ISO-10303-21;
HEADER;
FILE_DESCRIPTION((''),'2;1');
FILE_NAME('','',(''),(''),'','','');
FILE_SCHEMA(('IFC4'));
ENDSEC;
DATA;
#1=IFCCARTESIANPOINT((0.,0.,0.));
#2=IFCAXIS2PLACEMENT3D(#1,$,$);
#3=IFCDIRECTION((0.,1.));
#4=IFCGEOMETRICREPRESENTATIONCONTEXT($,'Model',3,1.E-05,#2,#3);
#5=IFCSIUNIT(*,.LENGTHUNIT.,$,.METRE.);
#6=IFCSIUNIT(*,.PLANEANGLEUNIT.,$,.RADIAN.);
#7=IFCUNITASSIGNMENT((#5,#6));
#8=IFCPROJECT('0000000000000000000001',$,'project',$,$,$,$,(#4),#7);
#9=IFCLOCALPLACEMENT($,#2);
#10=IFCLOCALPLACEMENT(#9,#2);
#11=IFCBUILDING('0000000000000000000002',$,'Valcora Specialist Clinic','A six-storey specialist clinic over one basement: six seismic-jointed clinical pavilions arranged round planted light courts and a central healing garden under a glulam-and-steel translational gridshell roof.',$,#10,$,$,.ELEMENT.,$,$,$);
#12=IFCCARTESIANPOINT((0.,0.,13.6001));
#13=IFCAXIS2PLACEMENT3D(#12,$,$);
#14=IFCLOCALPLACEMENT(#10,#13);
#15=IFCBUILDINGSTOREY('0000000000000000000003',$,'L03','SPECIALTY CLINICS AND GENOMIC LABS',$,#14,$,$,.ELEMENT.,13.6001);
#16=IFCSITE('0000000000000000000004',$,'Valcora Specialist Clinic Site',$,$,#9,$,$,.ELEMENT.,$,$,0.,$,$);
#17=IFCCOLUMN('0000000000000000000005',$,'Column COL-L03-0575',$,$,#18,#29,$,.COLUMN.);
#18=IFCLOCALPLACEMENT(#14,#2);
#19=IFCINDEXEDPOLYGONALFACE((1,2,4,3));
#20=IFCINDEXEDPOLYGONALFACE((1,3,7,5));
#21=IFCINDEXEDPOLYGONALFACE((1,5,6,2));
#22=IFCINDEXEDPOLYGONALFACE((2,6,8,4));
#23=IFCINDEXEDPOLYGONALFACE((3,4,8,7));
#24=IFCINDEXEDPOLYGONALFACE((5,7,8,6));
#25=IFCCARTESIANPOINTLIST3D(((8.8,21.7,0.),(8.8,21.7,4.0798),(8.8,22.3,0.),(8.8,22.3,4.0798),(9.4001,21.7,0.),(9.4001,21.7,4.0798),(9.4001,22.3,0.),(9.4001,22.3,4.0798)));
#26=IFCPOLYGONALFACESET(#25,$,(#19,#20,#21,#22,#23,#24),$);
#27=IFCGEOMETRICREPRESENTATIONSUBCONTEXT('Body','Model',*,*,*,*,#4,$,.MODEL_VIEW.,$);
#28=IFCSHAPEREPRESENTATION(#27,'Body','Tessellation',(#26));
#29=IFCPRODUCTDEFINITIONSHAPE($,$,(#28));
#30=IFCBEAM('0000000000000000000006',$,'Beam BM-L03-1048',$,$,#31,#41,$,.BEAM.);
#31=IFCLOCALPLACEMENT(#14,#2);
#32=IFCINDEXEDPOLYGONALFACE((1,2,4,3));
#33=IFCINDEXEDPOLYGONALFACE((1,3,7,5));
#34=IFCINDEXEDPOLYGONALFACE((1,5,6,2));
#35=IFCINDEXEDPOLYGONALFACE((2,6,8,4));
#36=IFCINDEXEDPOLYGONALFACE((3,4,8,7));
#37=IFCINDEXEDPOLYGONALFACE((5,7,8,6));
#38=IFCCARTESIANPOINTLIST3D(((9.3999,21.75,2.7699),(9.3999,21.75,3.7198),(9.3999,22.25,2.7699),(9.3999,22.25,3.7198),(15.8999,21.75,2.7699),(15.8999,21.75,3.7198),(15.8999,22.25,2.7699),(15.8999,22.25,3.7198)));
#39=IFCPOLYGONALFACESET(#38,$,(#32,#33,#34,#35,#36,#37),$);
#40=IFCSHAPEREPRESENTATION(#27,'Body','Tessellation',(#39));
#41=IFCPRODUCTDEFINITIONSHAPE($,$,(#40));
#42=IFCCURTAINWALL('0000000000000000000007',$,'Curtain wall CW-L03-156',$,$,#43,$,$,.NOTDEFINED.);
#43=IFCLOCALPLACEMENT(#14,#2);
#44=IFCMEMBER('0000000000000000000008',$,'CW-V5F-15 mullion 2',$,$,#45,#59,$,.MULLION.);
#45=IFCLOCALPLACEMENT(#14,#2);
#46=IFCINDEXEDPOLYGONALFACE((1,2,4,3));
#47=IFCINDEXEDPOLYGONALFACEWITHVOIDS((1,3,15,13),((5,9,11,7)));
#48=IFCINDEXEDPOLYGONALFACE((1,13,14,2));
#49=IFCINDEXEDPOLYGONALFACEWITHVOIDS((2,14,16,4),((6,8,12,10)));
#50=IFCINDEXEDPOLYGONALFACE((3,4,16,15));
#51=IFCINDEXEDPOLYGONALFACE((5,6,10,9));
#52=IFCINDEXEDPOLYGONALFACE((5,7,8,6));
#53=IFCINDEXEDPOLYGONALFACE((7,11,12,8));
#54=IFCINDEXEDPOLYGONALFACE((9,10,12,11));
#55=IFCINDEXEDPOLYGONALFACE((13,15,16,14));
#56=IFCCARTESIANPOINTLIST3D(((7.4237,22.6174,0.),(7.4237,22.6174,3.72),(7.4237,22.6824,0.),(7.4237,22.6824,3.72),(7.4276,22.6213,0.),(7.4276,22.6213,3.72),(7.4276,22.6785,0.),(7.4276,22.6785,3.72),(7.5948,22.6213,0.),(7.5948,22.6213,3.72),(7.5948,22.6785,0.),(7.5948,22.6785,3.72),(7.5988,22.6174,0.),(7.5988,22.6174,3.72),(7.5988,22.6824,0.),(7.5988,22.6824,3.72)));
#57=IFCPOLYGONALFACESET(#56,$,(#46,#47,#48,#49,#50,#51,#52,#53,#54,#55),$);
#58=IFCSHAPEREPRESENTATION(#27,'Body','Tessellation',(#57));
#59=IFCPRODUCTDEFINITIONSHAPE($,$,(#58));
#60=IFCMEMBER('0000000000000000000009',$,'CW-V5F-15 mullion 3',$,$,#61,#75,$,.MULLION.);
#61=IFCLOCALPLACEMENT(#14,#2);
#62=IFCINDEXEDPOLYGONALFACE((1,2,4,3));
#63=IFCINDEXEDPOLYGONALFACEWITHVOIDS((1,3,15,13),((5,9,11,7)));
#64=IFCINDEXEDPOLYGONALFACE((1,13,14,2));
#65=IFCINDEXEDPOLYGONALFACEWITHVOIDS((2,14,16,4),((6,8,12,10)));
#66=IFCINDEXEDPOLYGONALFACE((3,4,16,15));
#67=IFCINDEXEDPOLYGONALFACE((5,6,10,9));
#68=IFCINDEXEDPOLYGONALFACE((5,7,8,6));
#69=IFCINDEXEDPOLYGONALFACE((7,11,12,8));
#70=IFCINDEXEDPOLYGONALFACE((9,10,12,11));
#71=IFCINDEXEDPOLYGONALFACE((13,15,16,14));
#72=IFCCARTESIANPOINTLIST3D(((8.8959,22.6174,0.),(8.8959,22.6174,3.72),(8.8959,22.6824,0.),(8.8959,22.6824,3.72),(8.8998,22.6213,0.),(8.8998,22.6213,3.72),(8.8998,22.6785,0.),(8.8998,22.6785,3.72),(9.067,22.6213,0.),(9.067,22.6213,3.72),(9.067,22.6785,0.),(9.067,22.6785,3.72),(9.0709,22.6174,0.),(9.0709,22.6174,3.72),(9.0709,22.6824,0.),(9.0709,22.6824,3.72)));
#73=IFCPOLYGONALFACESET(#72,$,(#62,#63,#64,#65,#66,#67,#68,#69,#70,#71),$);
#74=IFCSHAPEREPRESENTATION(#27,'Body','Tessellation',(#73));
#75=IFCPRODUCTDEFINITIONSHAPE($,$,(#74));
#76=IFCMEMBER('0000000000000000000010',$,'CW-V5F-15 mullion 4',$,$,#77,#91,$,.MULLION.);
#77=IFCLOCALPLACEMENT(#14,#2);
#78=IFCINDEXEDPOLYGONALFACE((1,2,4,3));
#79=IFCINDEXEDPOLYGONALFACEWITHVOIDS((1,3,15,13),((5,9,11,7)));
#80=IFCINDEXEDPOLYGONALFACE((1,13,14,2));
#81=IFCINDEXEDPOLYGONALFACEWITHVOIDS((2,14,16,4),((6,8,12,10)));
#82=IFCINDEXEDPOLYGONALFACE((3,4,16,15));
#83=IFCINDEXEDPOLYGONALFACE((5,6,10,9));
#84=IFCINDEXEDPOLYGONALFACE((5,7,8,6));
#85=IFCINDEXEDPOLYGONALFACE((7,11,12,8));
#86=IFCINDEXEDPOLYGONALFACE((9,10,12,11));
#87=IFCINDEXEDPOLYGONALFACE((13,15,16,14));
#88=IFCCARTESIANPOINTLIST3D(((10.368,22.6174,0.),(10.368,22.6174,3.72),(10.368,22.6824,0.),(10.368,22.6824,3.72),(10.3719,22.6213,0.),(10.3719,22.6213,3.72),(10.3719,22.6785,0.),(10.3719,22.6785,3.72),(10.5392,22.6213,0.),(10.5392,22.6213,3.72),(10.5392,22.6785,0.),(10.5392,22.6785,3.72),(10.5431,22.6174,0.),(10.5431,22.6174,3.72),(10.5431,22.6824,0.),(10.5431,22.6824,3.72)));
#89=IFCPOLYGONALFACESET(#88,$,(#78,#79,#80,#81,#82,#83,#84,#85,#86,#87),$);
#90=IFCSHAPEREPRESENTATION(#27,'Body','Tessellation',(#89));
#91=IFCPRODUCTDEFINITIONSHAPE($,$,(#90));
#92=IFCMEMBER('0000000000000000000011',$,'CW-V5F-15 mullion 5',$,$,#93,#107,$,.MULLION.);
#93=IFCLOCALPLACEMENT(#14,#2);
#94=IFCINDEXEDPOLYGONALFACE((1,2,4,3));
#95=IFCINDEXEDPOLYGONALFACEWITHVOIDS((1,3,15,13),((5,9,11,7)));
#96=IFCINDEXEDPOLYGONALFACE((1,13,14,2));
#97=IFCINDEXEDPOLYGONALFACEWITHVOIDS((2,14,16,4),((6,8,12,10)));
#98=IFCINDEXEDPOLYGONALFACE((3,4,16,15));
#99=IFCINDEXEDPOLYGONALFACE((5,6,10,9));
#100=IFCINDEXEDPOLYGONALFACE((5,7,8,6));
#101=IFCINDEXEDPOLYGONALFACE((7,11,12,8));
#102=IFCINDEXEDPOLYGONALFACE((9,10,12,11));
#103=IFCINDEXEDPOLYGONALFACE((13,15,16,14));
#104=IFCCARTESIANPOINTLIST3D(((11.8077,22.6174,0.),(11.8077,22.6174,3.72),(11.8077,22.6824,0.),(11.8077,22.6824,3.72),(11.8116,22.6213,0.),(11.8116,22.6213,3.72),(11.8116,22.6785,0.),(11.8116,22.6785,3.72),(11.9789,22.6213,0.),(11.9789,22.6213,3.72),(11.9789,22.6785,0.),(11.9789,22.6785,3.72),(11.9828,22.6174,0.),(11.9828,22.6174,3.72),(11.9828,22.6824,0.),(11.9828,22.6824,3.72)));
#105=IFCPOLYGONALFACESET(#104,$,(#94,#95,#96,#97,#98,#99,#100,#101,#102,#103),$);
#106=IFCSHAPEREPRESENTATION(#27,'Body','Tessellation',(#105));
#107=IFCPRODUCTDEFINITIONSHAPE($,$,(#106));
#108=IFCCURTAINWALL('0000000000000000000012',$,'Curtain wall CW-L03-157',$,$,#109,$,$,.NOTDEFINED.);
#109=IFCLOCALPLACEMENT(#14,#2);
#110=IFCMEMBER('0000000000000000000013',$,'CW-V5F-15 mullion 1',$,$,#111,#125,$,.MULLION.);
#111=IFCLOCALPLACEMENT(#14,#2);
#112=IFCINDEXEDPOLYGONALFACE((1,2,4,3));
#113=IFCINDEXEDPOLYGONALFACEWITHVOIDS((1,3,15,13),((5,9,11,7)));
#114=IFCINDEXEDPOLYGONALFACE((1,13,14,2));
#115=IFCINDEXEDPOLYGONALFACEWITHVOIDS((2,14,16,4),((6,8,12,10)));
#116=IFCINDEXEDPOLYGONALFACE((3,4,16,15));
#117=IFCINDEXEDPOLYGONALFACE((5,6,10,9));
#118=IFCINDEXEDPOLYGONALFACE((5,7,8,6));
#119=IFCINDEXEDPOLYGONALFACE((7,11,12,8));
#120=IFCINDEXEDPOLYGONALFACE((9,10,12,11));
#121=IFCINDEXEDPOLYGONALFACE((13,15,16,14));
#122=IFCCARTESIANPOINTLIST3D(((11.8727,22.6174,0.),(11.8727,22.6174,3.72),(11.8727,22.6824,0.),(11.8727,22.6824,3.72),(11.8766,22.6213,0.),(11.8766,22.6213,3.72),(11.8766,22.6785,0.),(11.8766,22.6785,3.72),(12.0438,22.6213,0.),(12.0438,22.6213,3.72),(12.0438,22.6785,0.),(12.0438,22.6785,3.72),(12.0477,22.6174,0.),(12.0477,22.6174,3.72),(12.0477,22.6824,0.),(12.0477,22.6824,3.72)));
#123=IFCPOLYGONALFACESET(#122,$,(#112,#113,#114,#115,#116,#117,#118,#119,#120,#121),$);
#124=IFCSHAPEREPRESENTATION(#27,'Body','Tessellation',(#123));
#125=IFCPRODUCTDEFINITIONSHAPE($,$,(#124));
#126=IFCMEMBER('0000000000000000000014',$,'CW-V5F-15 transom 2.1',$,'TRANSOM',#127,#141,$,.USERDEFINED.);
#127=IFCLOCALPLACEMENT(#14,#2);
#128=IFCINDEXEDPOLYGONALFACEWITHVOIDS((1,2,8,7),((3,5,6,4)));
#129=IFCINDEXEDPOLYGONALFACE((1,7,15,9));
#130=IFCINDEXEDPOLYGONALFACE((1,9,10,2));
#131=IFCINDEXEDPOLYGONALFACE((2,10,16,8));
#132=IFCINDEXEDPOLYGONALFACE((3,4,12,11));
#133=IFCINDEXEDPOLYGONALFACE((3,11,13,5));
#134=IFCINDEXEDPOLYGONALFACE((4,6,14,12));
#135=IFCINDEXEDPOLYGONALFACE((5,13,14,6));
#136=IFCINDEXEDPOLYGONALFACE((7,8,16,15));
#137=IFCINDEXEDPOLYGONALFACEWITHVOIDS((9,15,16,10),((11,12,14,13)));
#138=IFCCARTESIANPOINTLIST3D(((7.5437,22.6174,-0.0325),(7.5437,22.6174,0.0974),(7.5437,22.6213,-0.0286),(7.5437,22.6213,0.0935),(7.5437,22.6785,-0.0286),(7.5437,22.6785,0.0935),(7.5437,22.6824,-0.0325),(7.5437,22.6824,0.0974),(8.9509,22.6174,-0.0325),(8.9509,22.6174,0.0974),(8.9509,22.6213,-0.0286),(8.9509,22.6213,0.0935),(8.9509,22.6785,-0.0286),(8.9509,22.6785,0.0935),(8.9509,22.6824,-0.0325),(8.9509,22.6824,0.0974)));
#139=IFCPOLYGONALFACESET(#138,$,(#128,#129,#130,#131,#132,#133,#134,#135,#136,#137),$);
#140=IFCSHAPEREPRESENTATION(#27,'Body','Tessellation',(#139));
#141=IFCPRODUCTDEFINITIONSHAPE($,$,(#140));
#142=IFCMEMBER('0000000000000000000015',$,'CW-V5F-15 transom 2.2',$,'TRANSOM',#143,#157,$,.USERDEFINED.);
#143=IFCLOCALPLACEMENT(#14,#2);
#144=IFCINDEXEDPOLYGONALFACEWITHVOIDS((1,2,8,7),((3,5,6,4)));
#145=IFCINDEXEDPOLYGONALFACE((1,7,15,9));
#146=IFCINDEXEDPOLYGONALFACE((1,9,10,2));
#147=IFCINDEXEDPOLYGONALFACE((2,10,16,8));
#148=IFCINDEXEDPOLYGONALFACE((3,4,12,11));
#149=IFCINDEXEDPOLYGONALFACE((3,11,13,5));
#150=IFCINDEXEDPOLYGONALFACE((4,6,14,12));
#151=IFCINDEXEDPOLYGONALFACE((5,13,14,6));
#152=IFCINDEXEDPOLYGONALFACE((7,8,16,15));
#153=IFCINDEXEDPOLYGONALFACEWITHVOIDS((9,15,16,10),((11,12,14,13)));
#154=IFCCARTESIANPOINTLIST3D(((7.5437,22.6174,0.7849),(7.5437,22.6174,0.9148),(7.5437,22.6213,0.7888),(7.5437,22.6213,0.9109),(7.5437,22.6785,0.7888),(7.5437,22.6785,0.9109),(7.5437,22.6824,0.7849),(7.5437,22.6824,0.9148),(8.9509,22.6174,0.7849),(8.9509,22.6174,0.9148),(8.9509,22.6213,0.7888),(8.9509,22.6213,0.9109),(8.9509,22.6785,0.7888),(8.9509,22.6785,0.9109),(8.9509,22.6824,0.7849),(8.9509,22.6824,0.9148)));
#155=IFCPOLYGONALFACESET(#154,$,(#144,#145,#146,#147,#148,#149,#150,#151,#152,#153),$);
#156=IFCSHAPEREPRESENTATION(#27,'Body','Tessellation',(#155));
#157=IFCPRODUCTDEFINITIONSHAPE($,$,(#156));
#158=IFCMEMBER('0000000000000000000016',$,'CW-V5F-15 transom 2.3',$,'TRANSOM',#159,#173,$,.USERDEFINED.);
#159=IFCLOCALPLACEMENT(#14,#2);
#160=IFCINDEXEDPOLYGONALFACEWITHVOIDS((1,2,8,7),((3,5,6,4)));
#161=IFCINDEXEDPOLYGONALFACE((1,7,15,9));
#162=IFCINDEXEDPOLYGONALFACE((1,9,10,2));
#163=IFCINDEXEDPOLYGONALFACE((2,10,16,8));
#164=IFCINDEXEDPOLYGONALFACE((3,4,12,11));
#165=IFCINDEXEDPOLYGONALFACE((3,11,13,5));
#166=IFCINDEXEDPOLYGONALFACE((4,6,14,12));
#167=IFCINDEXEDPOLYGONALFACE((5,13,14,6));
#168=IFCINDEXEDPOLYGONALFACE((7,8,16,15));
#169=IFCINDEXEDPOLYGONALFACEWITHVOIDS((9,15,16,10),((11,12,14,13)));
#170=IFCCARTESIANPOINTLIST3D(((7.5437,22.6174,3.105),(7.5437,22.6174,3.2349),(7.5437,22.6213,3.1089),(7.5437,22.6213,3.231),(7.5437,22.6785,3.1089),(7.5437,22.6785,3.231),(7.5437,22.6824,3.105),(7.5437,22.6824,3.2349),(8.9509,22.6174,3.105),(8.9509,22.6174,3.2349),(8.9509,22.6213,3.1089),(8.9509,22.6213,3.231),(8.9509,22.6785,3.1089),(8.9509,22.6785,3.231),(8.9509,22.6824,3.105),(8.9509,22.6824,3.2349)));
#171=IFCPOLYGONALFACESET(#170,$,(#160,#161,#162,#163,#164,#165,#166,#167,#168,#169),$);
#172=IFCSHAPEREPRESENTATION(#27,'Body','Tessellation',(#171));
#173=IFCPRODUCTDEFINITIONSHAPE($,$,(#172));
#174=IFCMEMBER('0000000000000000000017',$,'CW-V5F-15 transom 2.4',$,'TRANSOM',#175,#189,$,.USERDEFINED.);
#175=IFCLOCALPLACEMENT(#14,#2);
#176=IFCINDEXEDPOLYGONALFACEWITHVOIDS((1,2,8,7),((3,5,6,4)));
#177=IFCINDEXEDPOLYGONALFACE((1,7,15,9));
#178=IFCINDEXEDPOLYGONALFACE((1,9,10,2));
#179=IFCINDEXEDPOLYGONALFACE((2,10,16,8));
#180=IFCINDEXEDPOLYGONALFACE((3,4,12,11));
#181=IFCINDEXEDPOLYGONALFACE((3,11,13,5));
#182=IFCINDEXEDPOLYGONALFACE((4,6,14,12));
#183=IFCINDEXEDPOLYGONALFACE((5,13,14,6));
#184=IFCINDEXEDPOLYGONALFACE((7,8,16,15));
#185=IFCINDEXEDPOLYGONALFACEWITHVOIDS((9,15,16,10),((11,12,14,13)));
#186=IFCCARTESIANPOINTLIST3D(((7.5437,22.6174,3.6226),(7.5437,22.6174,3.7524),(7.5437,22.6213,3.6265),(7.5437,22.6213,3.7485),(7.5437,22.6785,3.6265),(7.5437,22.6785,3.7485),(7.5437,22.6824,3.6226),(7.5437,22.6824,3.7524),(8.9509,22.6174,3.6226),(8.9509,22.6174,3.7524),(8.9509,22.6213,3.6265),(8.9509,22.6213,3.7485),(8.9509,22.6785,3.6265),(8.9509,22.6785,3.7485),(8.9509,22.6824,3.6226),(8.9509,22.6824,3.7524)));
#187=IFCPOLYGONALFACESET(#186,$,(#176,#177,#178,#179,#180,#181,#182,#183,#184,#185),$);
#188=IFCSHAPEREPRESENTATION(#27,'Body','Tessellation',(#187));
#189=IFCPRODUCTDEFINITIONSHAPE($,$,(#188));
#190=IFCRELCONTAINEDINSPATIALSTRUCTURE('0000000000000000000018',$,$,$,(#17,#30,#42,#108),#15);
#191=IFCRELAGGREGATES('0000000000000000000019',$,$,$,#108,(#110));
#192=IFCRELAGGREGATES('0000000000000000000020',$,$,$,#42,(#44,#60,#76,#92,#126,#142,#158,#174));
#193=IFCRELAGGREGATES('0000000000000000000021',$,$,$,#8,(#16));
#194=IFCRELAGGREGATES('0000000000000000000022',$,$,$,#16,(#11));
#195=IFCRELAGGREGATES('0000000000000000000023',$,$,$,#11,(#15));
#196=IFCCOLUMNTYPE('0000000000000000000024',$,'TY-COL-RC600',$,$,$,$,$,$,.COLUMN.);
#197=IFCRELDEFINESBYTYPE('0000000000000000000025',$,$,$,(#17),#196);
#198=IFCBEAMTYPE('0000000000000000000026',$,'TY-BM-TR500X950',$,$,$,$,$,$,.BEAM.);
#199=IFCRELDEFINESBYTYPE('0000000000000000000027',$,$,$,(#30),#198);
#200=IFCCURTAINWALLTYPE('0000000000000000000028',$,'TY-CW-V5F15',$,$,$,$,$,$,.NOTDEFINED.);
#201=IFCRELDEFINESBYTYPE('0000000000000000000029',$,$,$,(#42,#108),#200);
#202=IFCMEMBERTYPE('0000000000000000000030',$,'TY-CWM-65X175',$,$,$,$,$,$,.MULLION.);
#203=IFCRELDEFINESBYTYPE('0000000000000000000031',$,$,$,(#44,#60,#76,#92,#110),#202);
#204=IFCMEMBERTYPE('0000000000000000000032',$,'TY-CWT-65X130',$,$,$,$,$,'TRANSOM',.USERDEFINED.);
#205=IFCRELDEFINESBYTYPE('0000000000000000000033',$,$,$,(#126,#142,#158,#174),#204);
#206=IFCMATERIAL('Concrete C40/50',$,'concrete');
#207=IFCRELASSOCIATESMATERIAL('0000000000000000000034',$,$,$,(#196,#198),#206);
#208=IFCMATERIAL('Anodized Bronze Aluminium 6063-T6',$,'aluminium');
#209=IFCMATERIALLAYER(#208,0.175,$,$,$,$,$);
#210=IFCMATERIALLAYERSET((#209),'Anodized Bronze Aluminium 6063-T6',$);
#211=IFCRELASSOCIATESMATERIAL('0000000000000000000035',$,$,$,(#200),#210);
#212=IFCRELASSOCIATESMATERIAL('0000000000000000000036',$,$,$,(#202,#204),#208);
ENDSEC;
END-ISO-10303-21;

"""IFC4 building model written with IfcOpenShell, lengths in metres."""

from ifc_helpers import new_model, si_unit, direction, frame, origin, origin_2d, place, context, subcontext, project, spatial, rectangle, hollow_rectangle, extrude, material, layer, layer_set, material_profile, profile_set, type_object, element, aggregate, save


model = new_model("IFC4")

# Units and contexts
model_context = context("Model", 3, precision=1e-05, world=origin(), true_north=direction((0.0, 1.0)))
body_context = subcontext(model_context, "Body", "Model", "MODEL_VIEW")
ifc_project = project(units=[si_unit("LENGTHUNIT", "METRE"), si_unit("PLANEANGLEUNIT", "RADIAN")], contexts=[model_context])

# Site, building, storey
site_placement = place(None, origin())
site = spatial("IfcSite", under=ifc_project, at=site_placement, Name="Valcora Specialist Clinic Site", CompositionType="ELEMENT", RefElevation=0.0)
building_placement = place(site_placement, origin())
building = spatial("IfcBuilding", under=site, at=building_placement, Name="Valcora Specialist Clinic", Description="A six-storey specialist clinic over one basement: six seismic-jointed clinical pavilions arranged round planted light courts and a central healing garden under a glulam-and-steel translational gridshell roof.", CompositionType="ELEMENT")
storey_placement = place(building_placement, frame((0.0, 0.0, 13.6001)))
storey = spatial("IfcBuildingStorey", under=building, at=storey_placement, Name="L03", Description="SPECIALTY CLINICS AND GENOMIC LABS", CompositionType="ELEMENT", Elevation=13.6001)

# Column
ifc_material_1 = material(Name="Concrete C40/50", Category="concrete")
ifc_material_profile_1 = material_profile(ifc_material_1, rectangle(XDim=0.6001, YDim=0.6001, at=origin_2d()), Name="RC-COL-600X600")
ifc_profile_set_1 = profile_set([ifc_material_profile_1], Name="Concrete C40/50")
column_type = type_object("IfcColumnType", Name="TY-COL-RC600", PredefinedType="COLUMN", material=ifc_profile_set_1)
column_placement = place(storey_placement, frame((9.1001, 22.0, 0.0), z_axis=(0.0, 0.0, 1.0), x_axis=(1.0, 0.0, 0.0)))
element("IfcColumn", 1, at=column_placement, inside=storey, type_object=column_type, Name="Column COL-L03-0575", PredefinedType="COLUMN", context=body_context, shape_type="SweptSolid", body=[
    extrude(rectangle(XDim=0.6001, YDim=0.6001, at=origin_2d()), origin(), (0.0, 0.0, 1.0), 4.0798),
])

# Beam
ifc_material_profile_2 = material_profile(ifc_material_1, rectangle(XDim=0.5, YDim=0.95, at=origin_2d()), Name="RC-BM-500X950")
ifc_profile_set_2 = profile_set([ifc_material_profile_2], Name="Concrete C40/50")
beam_type = type_object("IfcBeamType", Name="TY-BM-TR500X950", PredefinedType="BEAM", material=ifc_profile_set_2)
beam_placement = place(storey_placement, frame((9.3999, 22.0, 3.2449), z_axis=(1.0, 0.0, 0.0), x_axis=(0.0, 1.0, 0.0)))
element("IfcBeam", 2, at=beam_placement, inside=storey, type_object=beam_type, Name="Beam BM-L03-1048", PredefinedType="BEAM", context=body_context, shape_type="SweptSolid", body=[
    extrude(rectangle(XDim=0.5, YDim=0.95, at=origin_2d()), origin(), (0.0, 0.0, 1.0), 6.5),
])

# Curtain wall, members
ifc_material_2 = material(Name="Anodized Bronze Aluminium 6063-T6", Category="aluminium")
ifc_layer_1 = layer(ifc_material_2, 0.175)
ifc_layer_set_1 = layer_set([ifc_layer_1], Name="Anodized Bronze Aluminium 6063-T6")
curtain_wall_type = type_object("IfcCurtainWallType", Name="TY-CW-V5F15", PredefinedType="NOTDEFINED", material=ifc_layer_set_1)
curtain_wall_1_placement = place(storey_placement, origin())
curtain_wall_1 = element("IfcCurtainWall", 3, at=curtain_wall_1_placement, inside=storey, type_object=curtain_wall_type, Name="Curtain wall CW-L03-156", PredefinedType="NOTDEFINED")
ifc_material_profile_3 = material_profile(ifc_material_2, hollow_rectangle(XDim=0.0649, YDim=0.175, WallThickness=0.0039, at=origin_2d()), Name="AL-MUL-65X175")
ifc_profile_set_3 = profile_set([ifc_material_profile_3], Name="Anodized Bronze Aluminium 6063-T6")
member_type_1 = type_object("IfcMemberType", Name="TY-CWM-65X175", PredefinedType="MULLION", material=ifc_profile_set_3)
member_1_placement = place(storey_placement, frame((7.5112, 22.6499, 0.0), z_axis=(0.0, 0.0, 1.0), x_axis=(0.0, 1.0, 0.0)))
member_1 = element("IfcMember", 4, at=member_1_placement, type_object=member_type_1, Name="CW-V5F-15 mullion 2", PredefinedType="MULLION", context=body_context, shape_type="SweptSolid", body=[
    extrude(hollow_rectangle(XDim=0.0649, YDim=0.175, WallThickness=0.0039, at=origin_2d()), origin(), (0.0, 0.0, 1.0), 3.72),
])
member_2_placement = place(storey_placement, frame((8.9834, 22.6499, 0.0), z_axis=(0.0, 0.0, 1.0), x_axis=(0.0, 1.0, 0.0)))
member_2 = element("IfcMember", 5, at=member_2_placement, type_object=member_type_1, Name="CW-V5F-15 mullion 3", PredefinedType="MULLION", context=body_context, shape_type="SweptSolid", body=[
    extrude(hollow_rectangle(XDim=0.0649, YDim=0.175, WallThickness=0.0039, at=origin_2d()), origin(), (0.0, 0.0, 1.0), 3.72),
])
member_3_placement = place(storey_placement, frame((10.4556, 22.6499, 0.0), z_axis=(0.0, 0.0, 1.0), x_axis=(0.0, 1.0, 0.0)))
member_3 = element("IfcMember", 6, at=member_3_placement, type_object=member_type_1, Name="CW-V5F-15 mullion 4", PredefinedType="MULLION", context=body_context, shape_type="SweptSolid", body=[
    extrude(hollow_rectangle(XDim=0.0649, YDim=0.175, WallThickness=0.0039, at=origin_2d()), origin(), (0.0, 0.0, 1.0), 3.72),
])
member_4_placement = place(storey_placement, frame((11.8953, 22.6499, 0.0), z_axis=(0.0, 0.0, 1.0), x_axis=(0.0, 1.0, 0.0)))
member_4 = element("IfcMember", 7, at=member_4_placement, type_object=member_type_1, Name="CW-V5F-15 mullion 5", PredefinedType="MULLION", context=body_context, shape_type="SweptSolid", body=[
    extrude(hollow_rectangle(XDim=0.0649, YDim=0.175, WallThickness=0.0039, at=origin_2d()), origin(), (0.0, 0.0, 1.0), 3.72),
])

# Curtain wall, member
curtain_wall_2_placement = place(storey_placement, origin())
curtain_wall_2 = element("IfcCurtainWall", 8, at=curtain_wall_2_placement, inside=storey, type_object=curtain_wall_type, Name="Curtain wall CW-L03-157", PredefinedType="NOTDEFINED")
member_5_placement = place(storey_placement, frame((11.9602, 22.6499, 0.0), z_axis=(0.0, 0.0, 1.0), x_axis=(0.0, 1.0, 0.0)))
member_5 = element("IfcMember", 9, at=member_5_placement, type_object=member_type_1, Name="CW-V5F-15 mullion 1", PredefinedType="MULLION", context=body_context, shape_type="SweptSolid", body=[
    extrude(hollow_rectangle(XDim=0.0649, YDim=0.175, WallThickness=0.0039, at=origin_2d()), origin(), (0.0, 0.0, 1.0), 3.72),
])

# Members
ifc_material_profile_4 = material_profile(ifc_material_2, hollow_rectangle(XDim=0.0649, YDim=0.1299, WallThickness=0.0039, at=origin_2d()), Name="AL-TRN-65X130")
ifc_profile_set_4 = profile_set([ifc_material_profile_4], Name="Anodized Bronze Aluminium 6063-T6")
member_type_2 = type_object("IfcMemberType", Name="TY-CWT-65X130", ElementType="TRANSOM", PredefinedType="USERDEFINED", material=ifc_profile_set_4)
member_6_placement = place(storey_placement, frame((7.5437, 22.6499, 0.0325), z_axis=(1.0, 0.0, 0.0), x_axis=(0.0, 1.0, 0.0)))
member_6 = element("IfcMember", 10, at=member_6_placement, type_object=member_type_2, Name="CW-V5F-15 transom 2.1", ObjectType="TRANSOM", PredefinedType="USERDEFINED", context=body_context, shape_type="SweptSolid", body=[
    extrude(hollow_rectangle(XDim=0.0649, YDim=0.1299, WallThickness=0.0039, at=origin_2d()), origin(), (0.0, 0.0, 1.0), 1.4072),
])
member_7_placement = place(storey_placement, frame((7.5437, 22.6499, 0.8499), z_axis=(1.0, 0.0, 0.0), x_axis=(0.0, 1.0, 0.0)))
member_7 = element("IfcMember", 11, at=member_7_placement, type_object=member_type_2, Name="CW-V5F-15 transom 2.2", ObjectType="TRANSOM", PredefinedType="USERDEFINED", context=body_context, shape_type="SweptSolid", body=[
    extrude(hollow_rectangle(XDim=0.0649, YDim=0.1299, WallThickness=0.0039, at=origin_2d()), origin(), (0.0, 0.0, 1.0), 1.4072),
])
member_8_placement = place(storey_placement, frame((7.5437, 22.6499, 3.1699), z_axis=(1.0, 0.0, 0.0), x_axis=(0.0, 1.0, 0.0)))
member_8 = element("IfcMember", 12, at=member_8_placement, type_object=member_type_2, Name="CW-V5F-15 transom 2.3", ObjectType="TRANSOM", PredefinedType="USERDEFINED", context=body_context, shape_type="SweptSolid", body=[
    extrude(hollow_rectangle(XDim=0.0649, YDim=0.1299, WallThickness=0.0039, at=origin_2d()), origin(), (0.0, 0.0, 1.0), 1.4072),
])
member_9_placement = place(storey_placement, frame((7.5437, 22.6499, 3.6875), z_axis=(1.0, 0.0, 0.0), x_axis=(0.0, 1.0, 0.0)))
member_9 = element("IfcMember", 13, at=member_9_placement, type_object=member_type_2, Name="CW-V5F-15 transom 2.4", ObjectType="TRANSOM", PredefinedType="USERDEFINED", context=body_context, shape_type="SweptSolid", body=[
    extrude(hollow_rectangle(XDim=0.0649, YDim=0.1299, WallThickness=0.0039, at=origin_2d()), origin(), (0.0, 0.0, 1.0), 1.4072),
])
aggregate(curtain_wall_2, [member_5])

aggregate(curtain_wall_1, [member_1, member_2, member_3, member_4, member_6, member_7, member_8, member_9])

save(model, "model.ifc")
